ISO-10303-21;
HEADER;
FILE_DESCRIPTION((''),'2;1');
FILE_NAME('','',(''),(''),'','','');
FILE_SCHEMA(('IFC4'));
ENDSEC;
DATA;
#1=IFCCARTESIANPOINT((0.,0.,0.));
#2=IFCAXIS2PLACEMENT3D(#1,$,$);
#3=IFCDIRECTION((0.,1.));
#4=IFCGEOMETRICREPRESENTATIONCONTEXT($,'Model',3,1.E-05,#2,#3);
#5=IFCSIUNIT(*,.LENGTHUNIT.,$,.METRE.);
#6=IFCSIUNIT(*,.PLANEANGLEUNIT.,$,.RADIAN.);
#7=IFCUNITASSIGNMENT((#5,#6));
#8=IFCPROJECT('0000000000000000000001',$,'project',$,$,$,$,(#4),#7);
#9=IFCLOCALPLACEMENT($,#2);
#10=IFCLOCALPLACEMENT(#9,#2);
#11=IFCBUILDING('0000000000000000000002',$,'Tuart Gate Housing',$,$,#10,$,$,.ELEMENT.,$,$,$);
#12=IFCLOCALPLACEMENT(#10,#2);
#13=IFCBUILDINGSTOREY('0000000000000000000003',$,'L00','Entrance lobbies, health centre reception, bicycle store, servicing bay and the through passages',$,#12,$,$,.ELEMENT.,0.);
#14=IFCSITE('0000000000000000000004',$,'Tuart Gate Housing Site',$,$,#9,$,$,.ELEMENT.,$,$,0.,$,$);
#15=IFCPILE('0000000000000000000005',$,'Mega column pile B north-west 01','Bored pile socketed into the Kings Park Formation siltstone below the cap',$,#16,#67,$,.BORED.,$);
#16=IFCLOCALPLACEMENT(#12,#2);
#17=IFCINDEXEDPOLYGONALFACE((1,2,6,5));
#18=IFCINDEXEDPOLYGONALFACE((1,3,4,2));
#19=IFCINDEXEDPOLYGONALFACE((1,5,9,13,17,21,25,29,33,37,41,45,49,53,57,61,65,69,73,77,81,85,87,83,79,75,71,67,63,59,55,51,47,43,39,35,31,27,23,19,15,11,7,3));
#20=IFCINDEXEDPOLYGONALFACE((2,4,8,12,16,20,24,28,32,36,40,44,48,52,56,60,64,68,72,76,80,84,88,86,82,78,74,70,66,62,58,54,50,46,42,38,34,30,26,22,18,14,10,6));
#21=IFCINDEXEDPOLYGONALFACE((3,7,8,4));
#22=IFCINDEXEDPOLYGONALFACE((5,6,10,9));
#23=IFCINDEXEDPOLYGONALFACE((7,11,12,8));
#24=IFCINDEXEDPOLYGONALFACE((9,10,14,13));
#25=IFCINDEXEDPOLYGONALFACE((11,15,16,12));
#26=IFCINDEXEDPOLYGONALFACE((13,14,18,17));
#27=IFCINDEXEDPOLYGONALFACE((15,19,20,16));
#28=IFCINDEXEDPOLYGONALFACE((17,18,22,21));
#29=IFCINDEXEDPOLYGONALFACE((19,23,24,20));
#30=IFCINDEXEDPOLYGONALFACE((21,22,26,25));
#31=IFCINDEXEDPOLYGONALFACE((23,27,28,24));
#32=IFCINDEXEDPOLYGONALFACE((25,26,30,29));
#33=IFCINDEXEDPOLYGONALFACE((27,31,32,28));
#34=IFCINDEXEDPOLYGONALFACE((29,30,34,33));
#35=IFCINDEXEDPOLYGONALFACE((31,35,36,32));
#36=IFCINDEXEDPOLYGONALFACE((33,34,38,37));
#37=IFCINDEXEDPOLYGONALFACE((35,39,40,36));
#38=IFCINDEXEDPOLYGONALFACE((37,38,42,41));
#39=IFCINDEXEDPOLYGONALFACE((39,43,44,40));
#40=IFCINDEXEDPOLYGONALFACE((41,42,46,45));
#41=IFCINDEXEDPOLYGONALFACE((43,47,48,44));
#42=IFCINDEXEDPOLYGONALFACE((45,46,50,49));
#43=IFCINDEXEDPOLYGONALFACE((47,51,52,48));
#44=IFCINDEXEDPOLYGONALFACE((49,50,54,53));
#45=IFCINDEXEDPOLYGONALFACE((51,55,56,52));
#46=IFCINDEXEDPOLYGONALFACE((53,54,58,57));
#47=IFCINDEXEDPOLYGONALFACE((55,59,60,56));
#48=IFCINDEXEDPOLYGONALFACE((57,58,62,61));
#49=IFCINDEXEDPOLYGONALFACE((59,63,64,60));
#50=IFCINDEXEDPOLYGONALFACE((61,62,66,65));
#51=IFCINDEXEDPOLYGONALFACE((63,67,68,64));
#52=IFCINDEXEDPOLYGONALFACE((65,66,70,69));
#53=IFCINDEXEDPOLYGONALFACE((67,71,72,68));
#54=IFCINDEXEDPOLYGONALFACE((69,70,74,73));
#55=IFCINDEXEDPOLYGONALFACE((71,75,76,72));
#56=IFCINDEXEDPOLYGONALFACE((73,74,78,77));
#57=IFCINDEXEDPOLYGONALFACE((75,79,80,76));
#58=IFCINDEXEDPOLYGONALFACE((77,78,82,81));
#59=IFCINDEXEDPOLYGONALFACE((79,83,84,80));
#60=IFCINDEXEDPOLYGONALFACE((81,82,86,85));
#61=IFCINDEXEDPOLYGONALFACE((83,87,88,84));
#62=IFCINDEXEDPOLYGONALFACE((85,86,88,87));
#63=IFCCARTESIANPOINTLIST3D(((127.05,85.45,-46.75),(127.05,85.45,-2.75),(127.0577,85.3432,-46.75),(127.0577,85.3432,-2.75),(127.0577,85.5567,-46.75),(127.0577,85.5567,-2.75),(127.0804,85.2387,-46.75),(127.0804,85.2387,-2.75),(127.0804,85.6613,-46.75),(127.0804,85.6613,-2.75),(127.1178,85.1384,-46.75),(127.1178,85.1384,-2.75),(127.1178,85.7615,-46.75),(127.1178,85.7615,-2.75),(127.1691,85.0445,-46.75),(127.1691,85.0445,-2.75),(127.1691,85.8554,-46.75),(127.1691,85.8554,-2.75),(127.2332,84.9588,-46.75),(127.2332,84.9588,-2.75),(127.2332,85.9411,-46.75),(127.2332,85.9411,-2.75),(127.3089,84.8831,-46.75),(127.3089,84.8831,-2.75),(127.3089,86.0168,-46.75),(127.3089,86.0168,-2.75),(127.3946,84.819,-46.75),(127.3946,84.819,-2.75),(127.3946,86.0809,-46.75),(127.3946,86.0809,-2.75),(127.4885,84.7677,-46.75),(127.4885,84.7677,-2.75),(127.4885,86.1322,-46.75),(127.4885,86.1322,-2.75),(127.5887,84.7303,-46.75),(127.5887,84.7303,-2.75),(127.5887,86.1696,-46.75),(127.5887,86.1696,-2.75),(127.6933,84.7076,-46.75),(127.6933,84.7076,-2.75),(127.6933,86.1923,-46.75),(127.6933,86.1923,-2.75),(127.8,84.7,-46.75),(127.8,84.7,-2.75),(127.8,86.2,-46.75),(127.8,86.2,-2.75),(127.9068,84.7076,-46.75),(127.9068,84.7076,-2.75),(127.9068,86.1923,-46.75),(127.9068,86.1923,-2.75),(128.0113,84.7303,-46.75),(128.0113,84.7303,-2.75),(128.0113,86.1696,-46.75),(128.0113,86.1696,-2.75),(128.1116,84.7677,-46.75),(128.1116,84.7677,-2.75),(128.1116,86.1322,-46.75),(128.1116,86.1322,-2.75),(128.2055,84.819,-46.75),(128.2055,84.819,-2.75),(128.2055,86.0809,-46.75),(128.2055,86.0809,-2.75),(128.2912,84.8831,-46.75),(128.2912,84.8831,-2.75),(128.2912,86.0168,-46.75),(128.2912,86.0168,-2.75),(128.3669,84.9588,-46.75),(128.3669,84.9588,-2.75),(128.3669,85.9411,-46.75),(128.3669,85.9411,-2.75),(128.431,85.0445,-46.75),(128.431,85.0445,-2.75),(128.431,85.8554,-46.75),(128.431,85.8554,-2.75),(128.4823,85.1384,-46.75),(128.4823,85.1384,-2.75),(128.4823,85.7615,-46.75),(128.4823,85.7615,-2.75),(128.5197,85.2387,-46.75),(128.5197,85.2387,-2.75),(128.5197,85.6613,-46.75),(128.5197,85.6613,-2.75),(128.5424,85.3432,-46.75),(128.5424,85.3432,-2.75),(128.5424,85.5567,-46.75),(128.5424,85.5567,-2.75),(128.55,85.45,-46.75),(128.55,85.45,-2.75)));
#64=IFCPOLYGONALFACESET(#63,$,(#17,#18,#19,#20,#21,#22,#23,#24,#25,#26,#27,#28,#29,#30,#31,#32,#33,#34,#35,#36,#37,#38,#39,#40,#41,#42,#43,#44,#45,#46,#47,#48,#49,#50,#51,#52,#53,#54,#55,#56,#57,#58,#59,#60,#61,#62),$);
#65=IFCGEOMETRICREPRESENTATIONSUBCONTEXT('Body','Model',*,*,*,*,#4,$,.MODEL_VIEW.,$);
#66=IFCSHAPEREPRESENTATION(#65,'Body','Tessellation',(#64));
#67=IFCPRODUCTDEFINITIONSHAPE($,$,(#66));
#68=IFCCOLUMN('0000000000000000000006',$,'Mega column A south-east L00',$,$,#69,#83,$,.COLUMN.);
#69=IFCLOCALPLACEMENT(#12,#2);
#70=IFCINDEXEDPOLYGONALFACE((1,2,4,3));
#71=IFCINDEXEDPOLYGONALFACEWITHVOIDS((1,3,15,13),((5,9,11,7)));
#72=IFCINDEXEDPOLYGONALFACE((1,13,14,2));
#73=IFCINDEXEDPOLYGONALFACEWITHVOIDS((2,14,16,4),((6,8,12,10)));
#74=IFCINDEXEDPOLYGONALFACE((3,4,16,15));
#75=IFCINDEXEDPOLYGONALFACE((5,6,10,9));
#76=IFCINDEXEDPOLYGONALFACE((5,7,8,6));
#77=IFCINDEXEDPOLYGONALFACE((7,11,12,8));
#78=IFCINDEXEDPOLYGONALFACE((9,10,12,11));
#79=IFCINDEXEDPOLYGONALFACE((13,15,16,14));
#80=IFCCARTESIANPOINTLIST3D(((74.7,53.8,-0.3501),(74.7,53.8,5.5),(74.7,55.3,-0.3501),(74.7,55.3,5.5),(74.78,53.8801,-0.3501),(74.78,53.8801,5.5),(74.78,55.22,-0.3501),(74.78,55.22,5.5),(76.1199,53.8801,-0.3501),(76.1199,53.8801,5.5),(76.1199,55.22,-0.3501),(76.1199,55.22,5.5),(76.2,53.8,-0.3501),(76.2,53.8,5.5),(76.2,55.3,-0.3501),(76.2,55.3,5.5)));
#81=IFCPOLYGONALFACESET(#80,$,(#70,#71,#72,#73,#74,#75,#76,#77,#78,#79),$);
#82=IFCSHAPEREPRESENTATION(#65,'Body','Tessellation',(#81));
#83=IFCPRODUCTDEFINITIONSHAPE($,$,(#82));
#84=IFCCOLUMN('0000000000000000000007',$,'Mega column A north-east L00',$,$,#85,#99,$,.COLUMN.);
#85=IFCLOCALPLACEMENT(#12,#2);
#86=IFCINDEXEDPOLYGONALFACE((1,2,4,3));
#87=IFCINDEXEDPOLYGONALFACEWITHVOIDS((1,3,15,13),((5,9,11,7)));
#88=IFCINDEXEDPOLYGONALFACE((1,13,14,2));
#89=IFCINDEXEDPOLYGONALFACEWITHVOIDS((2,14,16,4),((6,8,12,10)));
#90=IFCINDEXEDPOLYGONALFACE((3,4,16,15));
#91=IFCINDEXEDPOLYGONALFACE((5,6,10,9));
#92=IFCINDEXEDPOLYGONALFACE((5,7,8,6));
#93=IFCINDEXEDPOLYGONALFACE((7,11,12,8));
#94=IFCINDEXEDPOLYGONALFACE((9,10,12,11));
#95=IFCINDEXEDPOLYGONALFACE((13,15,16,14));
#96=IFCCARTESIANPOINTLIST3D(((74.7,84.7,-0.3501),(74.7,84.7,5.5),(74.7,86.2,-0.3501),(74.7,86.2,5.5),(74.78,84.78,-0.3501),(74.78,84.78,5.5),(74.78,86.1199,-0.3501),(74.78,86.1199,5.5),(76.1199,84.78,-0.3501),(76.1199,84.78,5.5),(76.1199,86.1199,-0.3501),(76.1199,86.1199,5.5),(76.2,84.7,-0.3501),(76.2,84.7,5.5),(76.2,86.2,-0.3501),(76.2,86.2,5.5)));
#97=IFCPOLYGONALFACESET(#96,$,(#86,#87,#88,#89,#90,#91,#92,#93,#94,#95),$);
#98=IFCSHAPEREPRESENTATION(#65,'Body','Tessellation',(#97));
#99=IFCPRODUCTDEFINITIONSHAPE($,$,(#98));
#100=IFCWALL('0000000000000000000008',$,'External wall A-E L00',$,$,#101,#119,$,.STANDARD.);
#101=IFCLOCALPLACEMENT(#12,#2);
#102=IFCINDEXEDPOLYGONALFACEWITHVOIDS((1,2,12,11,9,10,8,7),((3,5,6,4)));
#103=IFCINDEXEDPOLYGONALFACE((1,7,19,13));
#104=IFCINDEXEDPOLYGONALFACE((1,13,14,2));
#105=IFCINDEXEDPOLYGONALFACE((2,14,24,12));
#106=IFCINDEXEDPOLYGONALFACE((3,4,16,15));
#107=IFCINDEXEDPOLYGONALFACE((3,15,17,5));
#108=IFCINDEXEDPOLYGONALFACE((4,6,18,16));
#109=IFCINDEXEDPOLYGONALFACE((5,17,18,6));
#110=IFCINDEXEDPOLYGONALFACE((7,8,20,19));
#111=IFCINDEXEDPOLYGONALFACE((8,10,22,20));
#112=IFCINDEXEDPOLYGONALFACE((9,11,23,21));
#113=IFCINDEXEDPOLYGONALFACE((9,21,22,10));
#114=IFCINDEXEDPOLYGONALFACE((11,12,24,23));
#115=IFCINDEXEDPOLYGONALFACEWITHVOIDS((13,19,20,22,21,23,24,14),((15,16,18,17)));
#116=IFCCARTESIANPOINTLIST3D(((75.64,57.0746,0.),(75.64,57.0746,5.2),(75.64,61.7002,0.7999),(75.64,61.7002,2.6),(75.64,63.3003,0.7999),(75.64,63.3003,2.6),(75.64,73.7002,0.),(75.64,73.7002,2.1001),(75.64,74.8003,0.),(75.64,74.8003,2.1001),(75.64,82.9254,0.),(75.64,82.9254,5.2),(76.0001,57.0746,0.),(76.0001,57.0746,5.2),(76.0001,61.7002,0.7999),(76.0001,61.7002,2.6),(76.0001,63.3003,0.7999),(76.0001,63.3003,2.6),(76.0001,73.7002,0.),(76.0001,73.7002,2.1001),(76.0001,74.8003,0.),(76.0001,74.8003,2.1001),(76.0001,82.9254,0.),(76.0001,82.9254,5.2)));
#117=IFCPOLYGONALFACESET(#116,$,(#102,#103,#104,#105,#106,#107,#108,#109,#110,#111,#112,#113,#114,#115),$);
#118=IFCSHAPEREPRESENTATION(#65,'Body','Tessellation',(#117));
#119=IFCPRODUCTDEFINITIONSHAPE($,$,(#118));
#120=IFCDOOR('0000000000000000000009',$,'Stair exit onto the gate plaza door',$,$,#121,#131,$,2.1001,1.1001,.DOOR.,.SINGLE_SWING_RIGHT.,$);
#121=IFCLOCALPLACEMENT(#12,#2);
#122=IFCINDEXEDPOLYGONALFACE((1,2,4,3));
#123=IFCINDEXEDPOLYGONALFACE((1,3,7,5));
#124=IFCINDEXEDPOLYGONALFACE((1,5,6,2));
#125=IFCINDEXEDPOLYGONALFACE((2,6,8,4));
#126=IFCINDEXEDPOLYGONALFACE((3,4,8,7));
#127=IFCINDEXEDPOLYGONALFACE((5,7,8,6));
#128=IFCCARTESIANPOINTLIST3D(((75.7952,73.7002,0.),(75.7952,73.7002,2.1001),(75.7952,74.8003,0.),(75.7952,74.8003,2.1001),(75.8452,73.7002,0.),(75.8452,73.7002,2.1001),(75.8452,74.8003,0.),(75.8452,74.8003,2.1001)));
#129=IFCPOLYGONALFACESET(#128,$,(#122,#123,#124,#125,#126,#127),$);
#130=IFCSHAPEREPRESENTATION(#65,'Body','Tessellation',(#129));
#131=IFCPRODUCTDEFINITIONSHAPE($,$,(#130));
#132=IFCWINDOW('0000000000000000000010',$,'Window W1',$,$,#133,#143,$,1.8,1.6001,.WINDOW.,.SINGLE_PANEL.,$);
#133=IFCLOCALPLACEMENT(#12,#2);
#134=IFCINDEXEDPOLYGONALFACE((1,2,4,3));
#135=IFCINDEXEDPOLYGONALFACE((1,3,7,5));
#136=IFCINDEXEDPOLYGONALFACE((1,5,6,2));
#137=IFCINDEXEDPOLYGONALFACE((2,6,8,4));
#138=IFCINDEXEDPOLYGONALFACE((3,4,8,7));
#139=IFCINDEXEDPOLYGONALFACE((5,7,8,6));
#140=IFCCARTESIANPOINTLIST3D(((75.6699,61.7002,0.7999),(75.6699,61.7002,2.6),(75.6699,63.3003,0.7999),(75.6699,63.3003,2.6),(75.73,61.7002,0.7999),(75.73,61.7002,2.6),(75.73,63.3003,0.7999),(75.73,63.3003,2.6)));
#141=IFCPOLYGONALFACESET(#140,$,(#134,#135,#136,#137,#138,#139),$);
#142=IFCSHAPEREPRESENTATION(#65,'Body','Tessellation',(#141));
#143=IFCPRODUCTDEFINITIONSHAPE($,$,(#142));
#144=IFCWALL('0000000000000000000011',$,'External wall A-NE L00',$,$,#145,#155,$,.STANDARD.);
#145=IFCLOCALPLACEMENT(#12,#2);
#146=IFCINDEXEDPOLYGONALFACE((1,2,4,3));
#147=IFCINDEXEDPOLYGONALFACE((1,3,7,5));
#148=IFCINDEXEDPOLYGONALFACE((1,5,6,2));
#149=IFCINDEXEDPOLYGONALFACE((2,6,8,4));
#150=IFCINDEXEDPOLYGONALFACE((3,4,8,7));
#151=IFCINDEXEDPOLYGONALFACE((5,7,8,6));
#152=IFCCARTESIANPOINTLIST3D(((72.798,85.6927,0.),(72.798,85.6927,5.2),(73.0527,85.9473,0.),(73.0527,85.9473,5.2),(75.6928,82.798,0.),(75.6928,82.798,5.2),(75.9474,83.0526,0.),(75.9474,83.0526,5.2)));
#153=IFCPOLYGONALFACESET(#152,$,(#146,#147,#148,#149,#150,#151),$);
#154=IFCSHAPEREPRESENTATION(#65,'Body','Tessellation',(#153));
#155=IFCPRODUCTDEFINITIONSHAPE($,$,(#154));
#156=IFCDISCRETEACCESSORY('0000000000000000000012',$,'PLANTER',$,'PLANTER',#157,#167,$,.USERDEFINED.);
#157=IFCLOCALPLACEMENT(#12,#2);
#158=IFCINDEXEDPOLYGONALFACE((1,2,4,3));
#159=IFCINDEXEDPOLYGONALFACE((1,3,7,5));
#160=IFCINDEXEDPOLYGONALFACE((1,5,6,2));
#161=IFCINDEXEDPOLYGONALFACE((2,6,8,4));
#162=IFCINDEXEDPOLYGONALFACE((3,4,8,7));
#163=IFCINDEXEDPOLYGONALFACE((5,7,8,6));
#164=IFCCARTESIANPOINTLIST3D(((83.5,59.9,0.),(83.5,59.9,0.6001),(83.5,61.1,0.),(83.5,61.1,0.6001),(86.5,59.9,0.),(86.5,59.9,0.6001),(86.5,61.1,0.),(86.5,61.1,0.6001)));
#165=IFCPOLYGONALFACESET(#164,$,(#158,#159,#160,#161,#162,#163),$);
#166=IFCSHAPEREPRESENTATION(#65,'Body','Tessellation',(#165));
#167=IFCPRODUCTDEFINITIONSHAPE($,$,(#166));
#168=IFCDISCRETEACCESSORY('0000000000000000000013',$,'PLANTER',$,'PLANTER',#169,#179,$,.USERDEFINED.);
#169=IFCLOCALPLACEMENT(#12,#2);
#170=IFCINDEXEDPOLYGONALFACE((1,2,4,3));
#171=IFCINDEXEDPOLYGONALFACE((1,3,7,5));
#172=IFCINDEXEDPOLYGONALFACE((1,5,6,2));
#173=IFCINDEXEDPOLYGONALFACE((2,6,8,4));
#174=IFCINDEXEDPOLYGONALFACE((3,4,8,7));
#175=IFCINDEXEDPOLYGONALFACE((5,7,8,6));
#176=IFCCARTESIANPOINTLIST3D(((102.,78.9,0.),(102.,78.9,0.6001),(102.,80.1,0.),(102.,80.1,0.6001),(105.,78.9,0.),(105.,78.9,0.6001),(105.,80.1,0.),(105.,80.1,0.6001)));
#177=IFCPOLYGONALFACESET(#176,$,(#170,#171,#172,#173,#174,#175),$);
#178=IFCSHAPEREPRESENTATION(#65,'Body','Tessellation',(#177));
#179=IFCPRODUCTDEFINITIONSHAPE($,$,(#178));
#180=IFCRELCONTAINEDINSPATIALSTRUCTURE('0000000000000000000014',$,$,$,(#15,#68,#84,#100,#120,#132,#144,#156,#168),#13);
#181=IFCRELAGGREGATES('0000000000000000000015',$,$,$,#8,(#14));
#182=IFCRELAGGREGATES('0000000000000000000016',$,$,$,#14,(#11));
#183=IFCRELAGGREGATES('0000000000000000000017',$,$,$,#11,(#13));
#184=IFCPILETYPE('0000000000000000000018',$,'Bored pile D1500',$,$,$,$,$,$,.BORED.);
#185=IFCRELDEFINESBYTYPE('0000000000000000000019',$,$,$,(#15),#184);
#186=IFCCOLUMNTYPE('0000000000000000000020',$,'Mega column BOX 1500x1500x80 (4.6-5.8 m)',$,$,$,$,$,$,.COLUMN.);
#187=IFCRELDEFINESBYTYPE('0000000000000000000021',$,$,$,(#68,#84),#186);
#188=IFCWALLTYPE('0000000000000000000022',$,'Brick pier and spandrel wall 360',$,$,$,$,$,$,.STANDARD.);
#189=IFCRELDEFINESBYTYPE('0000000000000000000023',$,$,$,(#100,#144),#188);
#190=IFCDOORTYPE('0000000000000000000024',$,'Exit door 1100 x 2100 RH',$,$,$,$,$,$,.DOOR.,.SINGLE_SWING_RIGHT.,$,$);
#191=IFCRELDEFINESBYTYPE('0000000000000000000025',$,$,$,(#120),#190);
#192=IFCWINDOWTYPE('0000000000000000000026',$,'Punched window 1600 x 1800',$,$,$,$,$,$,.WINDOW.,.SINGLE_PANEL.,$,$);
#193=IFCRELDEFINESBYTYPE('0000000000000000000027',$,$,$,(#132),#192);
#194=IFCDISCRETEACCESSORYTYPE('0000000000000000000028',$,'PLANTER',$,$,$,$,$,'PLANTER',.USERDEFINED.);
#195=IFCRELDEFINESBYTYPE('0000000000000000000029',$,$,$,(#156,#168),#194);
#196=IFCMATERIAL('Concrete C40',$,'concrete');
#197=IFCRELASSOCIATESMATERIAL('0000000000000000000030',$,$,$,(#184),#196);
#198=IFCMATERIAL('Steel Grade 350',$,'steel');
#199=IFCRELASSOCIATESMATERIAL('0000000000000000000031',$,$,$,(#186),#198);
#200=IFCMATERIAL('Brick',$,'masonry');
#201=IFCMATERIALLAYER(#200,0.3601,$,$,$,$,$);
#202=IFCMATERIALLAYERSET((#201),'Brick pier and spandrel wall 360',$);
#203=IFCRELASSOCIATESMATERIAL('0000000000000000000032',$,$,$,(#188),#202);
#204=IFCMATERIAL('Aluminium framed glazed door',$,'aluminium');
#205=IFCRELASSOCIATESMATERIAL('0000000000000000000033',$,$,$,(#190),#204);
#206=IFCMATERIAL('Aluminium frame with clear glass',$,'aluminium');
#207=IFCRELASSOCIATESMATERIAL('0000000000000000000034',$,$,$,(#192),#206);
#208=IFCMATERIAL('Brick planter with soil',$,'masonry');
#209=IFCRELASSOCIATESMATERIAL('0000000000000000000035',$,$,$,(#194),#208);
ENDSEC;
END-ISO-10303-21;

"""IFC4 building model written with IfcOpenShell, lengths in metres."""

from ifc_helpers import new_model, si_unit, direction, frame, frame_2d, origin, origin_2d, place, context, subcontext, project, spatial, rectangle, hollow_rectangle, circle, extrude, material, layer, layer_set, material_profile, profile_set, type_object, element, fill, save


model = new_model("IFC4")

# Units and contexts
model_context = context("Model", 3, precision=1e-05, world=origin(), true_north=direction((0.0, 1.0)))
body_context = subcontext(model_context, "Body", "Model", "MODEL_VIEW")
ifc_project = project(units=[si_unit("LENGTHUNIT", "METRE"), si_unit("PLANEANGLEUNIT", "RADIAN")], contexts=[model_context])

# Site, building, storey
site_placement = place(None, origin())
site = spatial("IfcSite", under=ifc_project, at=site_placement, Name="Tuart Gate Housing Site", CompositionType="ELEMENT", RefElevation=0.0)
building_placement = place(site_placement, origin())
building = spatial("IfcBuilding", under=site, at=building_placement, Name="Tuart Gate Housing", CompositionType="ELEMENT")
storey_placement = place(building_placement, origin())
storey = spatial("IfcBuildingStorey", under=building, at=storey_placement, Name="L00", Description="Entrance lobbies, health centre reception, bicycle store, servicing bay and the through passages", CompositionType="ELEMENT", Elevation=0.0)

# Pile
ifc_material_1 = material(Name="Concrete C40", Category="concrete")
ifc_material_profile_1 = material_profile(ifc_material_1, circle(Radius=0.75, at=origin_2d()), Name="Bored pile D1500")
ifc_profile_set_1 = profile_set([ifc_material_profile_1], Name="Concrete C40")
pile_type = type_object("IfcPileType", Name="Bored pile D1500", PredefinedType="BORED", material=ifc_profile_set_1)
for number, where, z_axis, x_axis, name in (
    (1, (127.8, 85.45, -2.75), (0.0, 0.0, -1.0), (1.0, 0.0, 0.0), "Mega column pile B north-west 01"),
):
    element("IfcPile", number, at=place(storey_placement, frame(where, z_axis=z_axis, x_axis=x_axis)), inside=storey, type_object=pile_type, Name=name, Description="Bored pile socketed into the Kings Park Formation siltstone below the cap", PredefinedType="BORED", context=body_context, shape_type="SweptSolid", body=[
        extrude(circle(Radius=0.75, at=origin_2d()), origin(), (0.0, 0.0, 1.0), 44.0),
    ])

# Columns
ifc_material_2 = material(Name="Steel Grade 350", Category="steel")
ifc_material_profile_2 = material_profile(ifc_material_2, hollow_rectangle(XDim=1.5, YDim=1.5, WallThickness=0.0801, at=origin_2d()), Name="BOX 1500x1500x80")
ifc_profile_set_2 = profile_set([ifc_material_profile_2], Name="Steel Grade 350")
column_type = type_object("IfcColumnType", Name="Mega column BOX 1500x1500x80 (4.6-5.8 m)", PredefinedType="COLUMN", material=ifc_profile_set_2)
for number, where, z_axis, x_axis, name in (
    (2, (75.45, 54.55, -0.3501), (0.0, 0.0, 1.0), (1.0, 0.0, 0.0), "Mega column A south-east L00"),
    (3, (75.45, 85.45, -0.3501), (0.0, 0.0, 1.0), (1.0, 0.0, 0.0), "Mega column A north-east L00"),
):
    element("IfcColumn", number, at=place(storey_placement, frame(where, z_axis=z_axis, x_axis=x_axis)), inside=storey, type_object=column_type, Name=name, PredefinedType="COLUMN", context=body_context, shape_type="SweptSolid", body=[
        extrude(hollow_rectangle(XDim=1.5, YDim=1.5, WallThickness=0.0801, at=origin_2d()), origin(), (0.0, 0.0, 1.0), 5.8501),
    ])

# Wall, openings, door, window
ifc_material_3 = material(Name="Brick", Category="masonry")
ifc_layer = layer(ifc_material_3, 0.3601)
ifc_layer_set = layer_set([ifc_layer], Name="Brick pier and spandrel wall 360")
wall_type = type_object("IfcWallType", Name="Brick pier and spandrel wall 360", PredefinedType="STANDARD", material=ifc_layer_set)
wall_1_placement = place(storey_placement, frame((75.8201, 57.0747, 0.0), z_axis=(0.0, 0.0, 1.0), x_axis=(0.0, 1.0, 0.0)))
wall_1 = element("IfcWall", 4, at=wall_1_placement, inside=storey, type_object=wall_type, Name="External wall A-E L00", PredefinedType="STANDARD", context=body_context, shape_type="SweptSolid", body=[
    extrude(rectangle(XDim=25.8508, YDim=0.3601, at=frame_2d((12.9253, 0.0))), origin(), (0.0, 0.0, 1.0), 5.2),
])
opening_1_placement = place(wall_1_placement, frame((4.6255, 0.0, 0.8)))
opening_1 = element("IfcOpeningElement", 5, at=opening_1_placement, cuts=wall_1, PredefinedType="OPENING", context=body_context, shape_type="SweptSolid", body=[
    extrude(rectangle(XDim=1.6001, YDim=1.8, at=frame_2d((0.8, 0.8999))), frame((0.0, 0.1899, 0.0), z_axis=(0.0, -1.0, 0.0), x_axis=(1.0, 0.0, 0.0)), (0.0, 0.0, 1.0), 0.3801),
])
opening_2_placement = place(wall_1_placement, frame((16.6255, 0.0, 0.0)))
opening_2 = element("IfcOpeningElement", 6, at=opening_2_placement, cuts=wall_1, PredefinedType="OPENING", context=body_context, shape_type="SweptSolid", body=[
    extrude(rectangle(XDim=1.1001, YDim=2.1001, at=frame_2d((0.55, 1.05))), frame((0.0, 0.1899, 0.0), z_axis=(0.0, -1.0, 0.0), x_axis=(1.0, 0.0, 0.0)), (0.0, 0.0, 1.0), 0.3801),
])
ifc_material_4 = material(Name="Aluminium framed glazed door", Category="aluminium")
door_type = type_object("IfcDoorType", Name="Exit door 1100 x 2100 RH", OperationType="SINGLE_SWING_RIGHT", PredefinedType="DOOR", material=ifc_material_4)
door_placement = place(opening_2_placement, frame((1.1001, 0.0, 0.0), z_axis=(0.0, 0.0, 1.0), x_axis=(-1.0, 0.0, 0.0)))
door = element("IfcDoor", 7, at=door_placement, inside=storey, type_object=door_type, Name="Stair exit onto the gate plaza door", OperationType="SINGLE_SWING_RIGHT", OverallHeight=2.1001, OverallWidth=1.1001, PredefinedType="DOOR", context=body_context, shape_type="SweptSolid", body=[
    extrude(rectangle(XDim=1.1001, YDim=2.1001, at=frame_2d((0.55, 1.05))), frame((0.0, 0.0251, 0.0), z_axis=(0.0, -1.0, 0.0), x_axis=(1.0, 0.0, 0.0)), (0.0, 0.0, 1.0), 0.05),
])
fill(opening_2, door)
ifc_material_5 = material(Name="Aluminium frame with clear glass", Category="aluminium")
window_type = type_object("IfcWindowType", Name="Punched window 1600 x 1800", PartitioningType="SINGLE_PANEL", PredefinedType="WINDOW", material=ifc_material_5)
window_placement = place(opening_1_placement, origin())
window = element("IfcWindow", 8, at=window_placement, inside=storey, type_object=window_type, Name="Window W1", OverallHeight=1.8, OverallWidth=1.6001, PartitioningType="SINGLE_PANEL", PredefinedType="WINDOW", context=body_context, shape_type="SweptSolid", body=[
    extrude(rectangle(XDim=1.6001, YDim=1.8, at=frame_2d((0.8, 0.8999))), frame((0.0, 0.1501, 0.0), z_axis=(0.0, -1.0, 0.0), x_axis=(1.0, 0.0, 0.0)), (0.0, 0.0, 1.0), 0.0601),
])
fill(opening_1, window)

# Wall
wall_2_placement = place(storey_placement, frame((75.8201, 82.9253, 0.0), z_axis=(0.0, 0.0, 1.0), x_axis=(-0.707107, 0.707107, 0.0)))
element("IfcWall", 9, at=wall_2_placement, inside=storey, type_object=wall_type, Name="External wall A-NE L00", PredefinedType="STANDARD", context=body_context, shape_type="SweptSolid", body=[
    extrude(rectangle(XDim=4.0938, YDim=0.3601, at=frame_2d((2.0469, 0.0))), origin(), (0.0, 0.0, 1.0), 5.2),
])

# Discrete accessories
ifc_material_6 = material(Name="Brick planter with soil", Category="masonry")
discrete_accessory_type = type_object("IfcDiscreteAccessoryType", Name="PLANTER", ElementType="PLANTER", PredefinedType="USERDEFINED", material=ifc_material_6)
for number, where, z_axis, x_axis, name in (
    (10, (85.0, 60.5, 0.0), (0.0, 0.0, 1.0), (1.0, 0.0, 0.0), "PLANTER"),
    (11, (103.5, 79.5, 0.0), (0.0, 0.0, 1.0), (1.0, 0.0, 0.0), "PLANTER"),
):
    element("IfcDiscreteAccessory", number, at=place(storey_placement, frame(where, z_axis=z_axis, x_axis=x_axis)), inside=storey, type_object=discrete_accessory_type, Name=name, ObjectType="PLANTER", PredefinedType="USERDEFINED", context=body_context, shape_type="SweptSolid", body=[
        extrude(rectangle(XDim=3.0, YDim=1.2, at=origin_2d()), origin(), (0.0, 0.0, 1.0), 0.6001),
    ])

save(model, "model.ifc")
